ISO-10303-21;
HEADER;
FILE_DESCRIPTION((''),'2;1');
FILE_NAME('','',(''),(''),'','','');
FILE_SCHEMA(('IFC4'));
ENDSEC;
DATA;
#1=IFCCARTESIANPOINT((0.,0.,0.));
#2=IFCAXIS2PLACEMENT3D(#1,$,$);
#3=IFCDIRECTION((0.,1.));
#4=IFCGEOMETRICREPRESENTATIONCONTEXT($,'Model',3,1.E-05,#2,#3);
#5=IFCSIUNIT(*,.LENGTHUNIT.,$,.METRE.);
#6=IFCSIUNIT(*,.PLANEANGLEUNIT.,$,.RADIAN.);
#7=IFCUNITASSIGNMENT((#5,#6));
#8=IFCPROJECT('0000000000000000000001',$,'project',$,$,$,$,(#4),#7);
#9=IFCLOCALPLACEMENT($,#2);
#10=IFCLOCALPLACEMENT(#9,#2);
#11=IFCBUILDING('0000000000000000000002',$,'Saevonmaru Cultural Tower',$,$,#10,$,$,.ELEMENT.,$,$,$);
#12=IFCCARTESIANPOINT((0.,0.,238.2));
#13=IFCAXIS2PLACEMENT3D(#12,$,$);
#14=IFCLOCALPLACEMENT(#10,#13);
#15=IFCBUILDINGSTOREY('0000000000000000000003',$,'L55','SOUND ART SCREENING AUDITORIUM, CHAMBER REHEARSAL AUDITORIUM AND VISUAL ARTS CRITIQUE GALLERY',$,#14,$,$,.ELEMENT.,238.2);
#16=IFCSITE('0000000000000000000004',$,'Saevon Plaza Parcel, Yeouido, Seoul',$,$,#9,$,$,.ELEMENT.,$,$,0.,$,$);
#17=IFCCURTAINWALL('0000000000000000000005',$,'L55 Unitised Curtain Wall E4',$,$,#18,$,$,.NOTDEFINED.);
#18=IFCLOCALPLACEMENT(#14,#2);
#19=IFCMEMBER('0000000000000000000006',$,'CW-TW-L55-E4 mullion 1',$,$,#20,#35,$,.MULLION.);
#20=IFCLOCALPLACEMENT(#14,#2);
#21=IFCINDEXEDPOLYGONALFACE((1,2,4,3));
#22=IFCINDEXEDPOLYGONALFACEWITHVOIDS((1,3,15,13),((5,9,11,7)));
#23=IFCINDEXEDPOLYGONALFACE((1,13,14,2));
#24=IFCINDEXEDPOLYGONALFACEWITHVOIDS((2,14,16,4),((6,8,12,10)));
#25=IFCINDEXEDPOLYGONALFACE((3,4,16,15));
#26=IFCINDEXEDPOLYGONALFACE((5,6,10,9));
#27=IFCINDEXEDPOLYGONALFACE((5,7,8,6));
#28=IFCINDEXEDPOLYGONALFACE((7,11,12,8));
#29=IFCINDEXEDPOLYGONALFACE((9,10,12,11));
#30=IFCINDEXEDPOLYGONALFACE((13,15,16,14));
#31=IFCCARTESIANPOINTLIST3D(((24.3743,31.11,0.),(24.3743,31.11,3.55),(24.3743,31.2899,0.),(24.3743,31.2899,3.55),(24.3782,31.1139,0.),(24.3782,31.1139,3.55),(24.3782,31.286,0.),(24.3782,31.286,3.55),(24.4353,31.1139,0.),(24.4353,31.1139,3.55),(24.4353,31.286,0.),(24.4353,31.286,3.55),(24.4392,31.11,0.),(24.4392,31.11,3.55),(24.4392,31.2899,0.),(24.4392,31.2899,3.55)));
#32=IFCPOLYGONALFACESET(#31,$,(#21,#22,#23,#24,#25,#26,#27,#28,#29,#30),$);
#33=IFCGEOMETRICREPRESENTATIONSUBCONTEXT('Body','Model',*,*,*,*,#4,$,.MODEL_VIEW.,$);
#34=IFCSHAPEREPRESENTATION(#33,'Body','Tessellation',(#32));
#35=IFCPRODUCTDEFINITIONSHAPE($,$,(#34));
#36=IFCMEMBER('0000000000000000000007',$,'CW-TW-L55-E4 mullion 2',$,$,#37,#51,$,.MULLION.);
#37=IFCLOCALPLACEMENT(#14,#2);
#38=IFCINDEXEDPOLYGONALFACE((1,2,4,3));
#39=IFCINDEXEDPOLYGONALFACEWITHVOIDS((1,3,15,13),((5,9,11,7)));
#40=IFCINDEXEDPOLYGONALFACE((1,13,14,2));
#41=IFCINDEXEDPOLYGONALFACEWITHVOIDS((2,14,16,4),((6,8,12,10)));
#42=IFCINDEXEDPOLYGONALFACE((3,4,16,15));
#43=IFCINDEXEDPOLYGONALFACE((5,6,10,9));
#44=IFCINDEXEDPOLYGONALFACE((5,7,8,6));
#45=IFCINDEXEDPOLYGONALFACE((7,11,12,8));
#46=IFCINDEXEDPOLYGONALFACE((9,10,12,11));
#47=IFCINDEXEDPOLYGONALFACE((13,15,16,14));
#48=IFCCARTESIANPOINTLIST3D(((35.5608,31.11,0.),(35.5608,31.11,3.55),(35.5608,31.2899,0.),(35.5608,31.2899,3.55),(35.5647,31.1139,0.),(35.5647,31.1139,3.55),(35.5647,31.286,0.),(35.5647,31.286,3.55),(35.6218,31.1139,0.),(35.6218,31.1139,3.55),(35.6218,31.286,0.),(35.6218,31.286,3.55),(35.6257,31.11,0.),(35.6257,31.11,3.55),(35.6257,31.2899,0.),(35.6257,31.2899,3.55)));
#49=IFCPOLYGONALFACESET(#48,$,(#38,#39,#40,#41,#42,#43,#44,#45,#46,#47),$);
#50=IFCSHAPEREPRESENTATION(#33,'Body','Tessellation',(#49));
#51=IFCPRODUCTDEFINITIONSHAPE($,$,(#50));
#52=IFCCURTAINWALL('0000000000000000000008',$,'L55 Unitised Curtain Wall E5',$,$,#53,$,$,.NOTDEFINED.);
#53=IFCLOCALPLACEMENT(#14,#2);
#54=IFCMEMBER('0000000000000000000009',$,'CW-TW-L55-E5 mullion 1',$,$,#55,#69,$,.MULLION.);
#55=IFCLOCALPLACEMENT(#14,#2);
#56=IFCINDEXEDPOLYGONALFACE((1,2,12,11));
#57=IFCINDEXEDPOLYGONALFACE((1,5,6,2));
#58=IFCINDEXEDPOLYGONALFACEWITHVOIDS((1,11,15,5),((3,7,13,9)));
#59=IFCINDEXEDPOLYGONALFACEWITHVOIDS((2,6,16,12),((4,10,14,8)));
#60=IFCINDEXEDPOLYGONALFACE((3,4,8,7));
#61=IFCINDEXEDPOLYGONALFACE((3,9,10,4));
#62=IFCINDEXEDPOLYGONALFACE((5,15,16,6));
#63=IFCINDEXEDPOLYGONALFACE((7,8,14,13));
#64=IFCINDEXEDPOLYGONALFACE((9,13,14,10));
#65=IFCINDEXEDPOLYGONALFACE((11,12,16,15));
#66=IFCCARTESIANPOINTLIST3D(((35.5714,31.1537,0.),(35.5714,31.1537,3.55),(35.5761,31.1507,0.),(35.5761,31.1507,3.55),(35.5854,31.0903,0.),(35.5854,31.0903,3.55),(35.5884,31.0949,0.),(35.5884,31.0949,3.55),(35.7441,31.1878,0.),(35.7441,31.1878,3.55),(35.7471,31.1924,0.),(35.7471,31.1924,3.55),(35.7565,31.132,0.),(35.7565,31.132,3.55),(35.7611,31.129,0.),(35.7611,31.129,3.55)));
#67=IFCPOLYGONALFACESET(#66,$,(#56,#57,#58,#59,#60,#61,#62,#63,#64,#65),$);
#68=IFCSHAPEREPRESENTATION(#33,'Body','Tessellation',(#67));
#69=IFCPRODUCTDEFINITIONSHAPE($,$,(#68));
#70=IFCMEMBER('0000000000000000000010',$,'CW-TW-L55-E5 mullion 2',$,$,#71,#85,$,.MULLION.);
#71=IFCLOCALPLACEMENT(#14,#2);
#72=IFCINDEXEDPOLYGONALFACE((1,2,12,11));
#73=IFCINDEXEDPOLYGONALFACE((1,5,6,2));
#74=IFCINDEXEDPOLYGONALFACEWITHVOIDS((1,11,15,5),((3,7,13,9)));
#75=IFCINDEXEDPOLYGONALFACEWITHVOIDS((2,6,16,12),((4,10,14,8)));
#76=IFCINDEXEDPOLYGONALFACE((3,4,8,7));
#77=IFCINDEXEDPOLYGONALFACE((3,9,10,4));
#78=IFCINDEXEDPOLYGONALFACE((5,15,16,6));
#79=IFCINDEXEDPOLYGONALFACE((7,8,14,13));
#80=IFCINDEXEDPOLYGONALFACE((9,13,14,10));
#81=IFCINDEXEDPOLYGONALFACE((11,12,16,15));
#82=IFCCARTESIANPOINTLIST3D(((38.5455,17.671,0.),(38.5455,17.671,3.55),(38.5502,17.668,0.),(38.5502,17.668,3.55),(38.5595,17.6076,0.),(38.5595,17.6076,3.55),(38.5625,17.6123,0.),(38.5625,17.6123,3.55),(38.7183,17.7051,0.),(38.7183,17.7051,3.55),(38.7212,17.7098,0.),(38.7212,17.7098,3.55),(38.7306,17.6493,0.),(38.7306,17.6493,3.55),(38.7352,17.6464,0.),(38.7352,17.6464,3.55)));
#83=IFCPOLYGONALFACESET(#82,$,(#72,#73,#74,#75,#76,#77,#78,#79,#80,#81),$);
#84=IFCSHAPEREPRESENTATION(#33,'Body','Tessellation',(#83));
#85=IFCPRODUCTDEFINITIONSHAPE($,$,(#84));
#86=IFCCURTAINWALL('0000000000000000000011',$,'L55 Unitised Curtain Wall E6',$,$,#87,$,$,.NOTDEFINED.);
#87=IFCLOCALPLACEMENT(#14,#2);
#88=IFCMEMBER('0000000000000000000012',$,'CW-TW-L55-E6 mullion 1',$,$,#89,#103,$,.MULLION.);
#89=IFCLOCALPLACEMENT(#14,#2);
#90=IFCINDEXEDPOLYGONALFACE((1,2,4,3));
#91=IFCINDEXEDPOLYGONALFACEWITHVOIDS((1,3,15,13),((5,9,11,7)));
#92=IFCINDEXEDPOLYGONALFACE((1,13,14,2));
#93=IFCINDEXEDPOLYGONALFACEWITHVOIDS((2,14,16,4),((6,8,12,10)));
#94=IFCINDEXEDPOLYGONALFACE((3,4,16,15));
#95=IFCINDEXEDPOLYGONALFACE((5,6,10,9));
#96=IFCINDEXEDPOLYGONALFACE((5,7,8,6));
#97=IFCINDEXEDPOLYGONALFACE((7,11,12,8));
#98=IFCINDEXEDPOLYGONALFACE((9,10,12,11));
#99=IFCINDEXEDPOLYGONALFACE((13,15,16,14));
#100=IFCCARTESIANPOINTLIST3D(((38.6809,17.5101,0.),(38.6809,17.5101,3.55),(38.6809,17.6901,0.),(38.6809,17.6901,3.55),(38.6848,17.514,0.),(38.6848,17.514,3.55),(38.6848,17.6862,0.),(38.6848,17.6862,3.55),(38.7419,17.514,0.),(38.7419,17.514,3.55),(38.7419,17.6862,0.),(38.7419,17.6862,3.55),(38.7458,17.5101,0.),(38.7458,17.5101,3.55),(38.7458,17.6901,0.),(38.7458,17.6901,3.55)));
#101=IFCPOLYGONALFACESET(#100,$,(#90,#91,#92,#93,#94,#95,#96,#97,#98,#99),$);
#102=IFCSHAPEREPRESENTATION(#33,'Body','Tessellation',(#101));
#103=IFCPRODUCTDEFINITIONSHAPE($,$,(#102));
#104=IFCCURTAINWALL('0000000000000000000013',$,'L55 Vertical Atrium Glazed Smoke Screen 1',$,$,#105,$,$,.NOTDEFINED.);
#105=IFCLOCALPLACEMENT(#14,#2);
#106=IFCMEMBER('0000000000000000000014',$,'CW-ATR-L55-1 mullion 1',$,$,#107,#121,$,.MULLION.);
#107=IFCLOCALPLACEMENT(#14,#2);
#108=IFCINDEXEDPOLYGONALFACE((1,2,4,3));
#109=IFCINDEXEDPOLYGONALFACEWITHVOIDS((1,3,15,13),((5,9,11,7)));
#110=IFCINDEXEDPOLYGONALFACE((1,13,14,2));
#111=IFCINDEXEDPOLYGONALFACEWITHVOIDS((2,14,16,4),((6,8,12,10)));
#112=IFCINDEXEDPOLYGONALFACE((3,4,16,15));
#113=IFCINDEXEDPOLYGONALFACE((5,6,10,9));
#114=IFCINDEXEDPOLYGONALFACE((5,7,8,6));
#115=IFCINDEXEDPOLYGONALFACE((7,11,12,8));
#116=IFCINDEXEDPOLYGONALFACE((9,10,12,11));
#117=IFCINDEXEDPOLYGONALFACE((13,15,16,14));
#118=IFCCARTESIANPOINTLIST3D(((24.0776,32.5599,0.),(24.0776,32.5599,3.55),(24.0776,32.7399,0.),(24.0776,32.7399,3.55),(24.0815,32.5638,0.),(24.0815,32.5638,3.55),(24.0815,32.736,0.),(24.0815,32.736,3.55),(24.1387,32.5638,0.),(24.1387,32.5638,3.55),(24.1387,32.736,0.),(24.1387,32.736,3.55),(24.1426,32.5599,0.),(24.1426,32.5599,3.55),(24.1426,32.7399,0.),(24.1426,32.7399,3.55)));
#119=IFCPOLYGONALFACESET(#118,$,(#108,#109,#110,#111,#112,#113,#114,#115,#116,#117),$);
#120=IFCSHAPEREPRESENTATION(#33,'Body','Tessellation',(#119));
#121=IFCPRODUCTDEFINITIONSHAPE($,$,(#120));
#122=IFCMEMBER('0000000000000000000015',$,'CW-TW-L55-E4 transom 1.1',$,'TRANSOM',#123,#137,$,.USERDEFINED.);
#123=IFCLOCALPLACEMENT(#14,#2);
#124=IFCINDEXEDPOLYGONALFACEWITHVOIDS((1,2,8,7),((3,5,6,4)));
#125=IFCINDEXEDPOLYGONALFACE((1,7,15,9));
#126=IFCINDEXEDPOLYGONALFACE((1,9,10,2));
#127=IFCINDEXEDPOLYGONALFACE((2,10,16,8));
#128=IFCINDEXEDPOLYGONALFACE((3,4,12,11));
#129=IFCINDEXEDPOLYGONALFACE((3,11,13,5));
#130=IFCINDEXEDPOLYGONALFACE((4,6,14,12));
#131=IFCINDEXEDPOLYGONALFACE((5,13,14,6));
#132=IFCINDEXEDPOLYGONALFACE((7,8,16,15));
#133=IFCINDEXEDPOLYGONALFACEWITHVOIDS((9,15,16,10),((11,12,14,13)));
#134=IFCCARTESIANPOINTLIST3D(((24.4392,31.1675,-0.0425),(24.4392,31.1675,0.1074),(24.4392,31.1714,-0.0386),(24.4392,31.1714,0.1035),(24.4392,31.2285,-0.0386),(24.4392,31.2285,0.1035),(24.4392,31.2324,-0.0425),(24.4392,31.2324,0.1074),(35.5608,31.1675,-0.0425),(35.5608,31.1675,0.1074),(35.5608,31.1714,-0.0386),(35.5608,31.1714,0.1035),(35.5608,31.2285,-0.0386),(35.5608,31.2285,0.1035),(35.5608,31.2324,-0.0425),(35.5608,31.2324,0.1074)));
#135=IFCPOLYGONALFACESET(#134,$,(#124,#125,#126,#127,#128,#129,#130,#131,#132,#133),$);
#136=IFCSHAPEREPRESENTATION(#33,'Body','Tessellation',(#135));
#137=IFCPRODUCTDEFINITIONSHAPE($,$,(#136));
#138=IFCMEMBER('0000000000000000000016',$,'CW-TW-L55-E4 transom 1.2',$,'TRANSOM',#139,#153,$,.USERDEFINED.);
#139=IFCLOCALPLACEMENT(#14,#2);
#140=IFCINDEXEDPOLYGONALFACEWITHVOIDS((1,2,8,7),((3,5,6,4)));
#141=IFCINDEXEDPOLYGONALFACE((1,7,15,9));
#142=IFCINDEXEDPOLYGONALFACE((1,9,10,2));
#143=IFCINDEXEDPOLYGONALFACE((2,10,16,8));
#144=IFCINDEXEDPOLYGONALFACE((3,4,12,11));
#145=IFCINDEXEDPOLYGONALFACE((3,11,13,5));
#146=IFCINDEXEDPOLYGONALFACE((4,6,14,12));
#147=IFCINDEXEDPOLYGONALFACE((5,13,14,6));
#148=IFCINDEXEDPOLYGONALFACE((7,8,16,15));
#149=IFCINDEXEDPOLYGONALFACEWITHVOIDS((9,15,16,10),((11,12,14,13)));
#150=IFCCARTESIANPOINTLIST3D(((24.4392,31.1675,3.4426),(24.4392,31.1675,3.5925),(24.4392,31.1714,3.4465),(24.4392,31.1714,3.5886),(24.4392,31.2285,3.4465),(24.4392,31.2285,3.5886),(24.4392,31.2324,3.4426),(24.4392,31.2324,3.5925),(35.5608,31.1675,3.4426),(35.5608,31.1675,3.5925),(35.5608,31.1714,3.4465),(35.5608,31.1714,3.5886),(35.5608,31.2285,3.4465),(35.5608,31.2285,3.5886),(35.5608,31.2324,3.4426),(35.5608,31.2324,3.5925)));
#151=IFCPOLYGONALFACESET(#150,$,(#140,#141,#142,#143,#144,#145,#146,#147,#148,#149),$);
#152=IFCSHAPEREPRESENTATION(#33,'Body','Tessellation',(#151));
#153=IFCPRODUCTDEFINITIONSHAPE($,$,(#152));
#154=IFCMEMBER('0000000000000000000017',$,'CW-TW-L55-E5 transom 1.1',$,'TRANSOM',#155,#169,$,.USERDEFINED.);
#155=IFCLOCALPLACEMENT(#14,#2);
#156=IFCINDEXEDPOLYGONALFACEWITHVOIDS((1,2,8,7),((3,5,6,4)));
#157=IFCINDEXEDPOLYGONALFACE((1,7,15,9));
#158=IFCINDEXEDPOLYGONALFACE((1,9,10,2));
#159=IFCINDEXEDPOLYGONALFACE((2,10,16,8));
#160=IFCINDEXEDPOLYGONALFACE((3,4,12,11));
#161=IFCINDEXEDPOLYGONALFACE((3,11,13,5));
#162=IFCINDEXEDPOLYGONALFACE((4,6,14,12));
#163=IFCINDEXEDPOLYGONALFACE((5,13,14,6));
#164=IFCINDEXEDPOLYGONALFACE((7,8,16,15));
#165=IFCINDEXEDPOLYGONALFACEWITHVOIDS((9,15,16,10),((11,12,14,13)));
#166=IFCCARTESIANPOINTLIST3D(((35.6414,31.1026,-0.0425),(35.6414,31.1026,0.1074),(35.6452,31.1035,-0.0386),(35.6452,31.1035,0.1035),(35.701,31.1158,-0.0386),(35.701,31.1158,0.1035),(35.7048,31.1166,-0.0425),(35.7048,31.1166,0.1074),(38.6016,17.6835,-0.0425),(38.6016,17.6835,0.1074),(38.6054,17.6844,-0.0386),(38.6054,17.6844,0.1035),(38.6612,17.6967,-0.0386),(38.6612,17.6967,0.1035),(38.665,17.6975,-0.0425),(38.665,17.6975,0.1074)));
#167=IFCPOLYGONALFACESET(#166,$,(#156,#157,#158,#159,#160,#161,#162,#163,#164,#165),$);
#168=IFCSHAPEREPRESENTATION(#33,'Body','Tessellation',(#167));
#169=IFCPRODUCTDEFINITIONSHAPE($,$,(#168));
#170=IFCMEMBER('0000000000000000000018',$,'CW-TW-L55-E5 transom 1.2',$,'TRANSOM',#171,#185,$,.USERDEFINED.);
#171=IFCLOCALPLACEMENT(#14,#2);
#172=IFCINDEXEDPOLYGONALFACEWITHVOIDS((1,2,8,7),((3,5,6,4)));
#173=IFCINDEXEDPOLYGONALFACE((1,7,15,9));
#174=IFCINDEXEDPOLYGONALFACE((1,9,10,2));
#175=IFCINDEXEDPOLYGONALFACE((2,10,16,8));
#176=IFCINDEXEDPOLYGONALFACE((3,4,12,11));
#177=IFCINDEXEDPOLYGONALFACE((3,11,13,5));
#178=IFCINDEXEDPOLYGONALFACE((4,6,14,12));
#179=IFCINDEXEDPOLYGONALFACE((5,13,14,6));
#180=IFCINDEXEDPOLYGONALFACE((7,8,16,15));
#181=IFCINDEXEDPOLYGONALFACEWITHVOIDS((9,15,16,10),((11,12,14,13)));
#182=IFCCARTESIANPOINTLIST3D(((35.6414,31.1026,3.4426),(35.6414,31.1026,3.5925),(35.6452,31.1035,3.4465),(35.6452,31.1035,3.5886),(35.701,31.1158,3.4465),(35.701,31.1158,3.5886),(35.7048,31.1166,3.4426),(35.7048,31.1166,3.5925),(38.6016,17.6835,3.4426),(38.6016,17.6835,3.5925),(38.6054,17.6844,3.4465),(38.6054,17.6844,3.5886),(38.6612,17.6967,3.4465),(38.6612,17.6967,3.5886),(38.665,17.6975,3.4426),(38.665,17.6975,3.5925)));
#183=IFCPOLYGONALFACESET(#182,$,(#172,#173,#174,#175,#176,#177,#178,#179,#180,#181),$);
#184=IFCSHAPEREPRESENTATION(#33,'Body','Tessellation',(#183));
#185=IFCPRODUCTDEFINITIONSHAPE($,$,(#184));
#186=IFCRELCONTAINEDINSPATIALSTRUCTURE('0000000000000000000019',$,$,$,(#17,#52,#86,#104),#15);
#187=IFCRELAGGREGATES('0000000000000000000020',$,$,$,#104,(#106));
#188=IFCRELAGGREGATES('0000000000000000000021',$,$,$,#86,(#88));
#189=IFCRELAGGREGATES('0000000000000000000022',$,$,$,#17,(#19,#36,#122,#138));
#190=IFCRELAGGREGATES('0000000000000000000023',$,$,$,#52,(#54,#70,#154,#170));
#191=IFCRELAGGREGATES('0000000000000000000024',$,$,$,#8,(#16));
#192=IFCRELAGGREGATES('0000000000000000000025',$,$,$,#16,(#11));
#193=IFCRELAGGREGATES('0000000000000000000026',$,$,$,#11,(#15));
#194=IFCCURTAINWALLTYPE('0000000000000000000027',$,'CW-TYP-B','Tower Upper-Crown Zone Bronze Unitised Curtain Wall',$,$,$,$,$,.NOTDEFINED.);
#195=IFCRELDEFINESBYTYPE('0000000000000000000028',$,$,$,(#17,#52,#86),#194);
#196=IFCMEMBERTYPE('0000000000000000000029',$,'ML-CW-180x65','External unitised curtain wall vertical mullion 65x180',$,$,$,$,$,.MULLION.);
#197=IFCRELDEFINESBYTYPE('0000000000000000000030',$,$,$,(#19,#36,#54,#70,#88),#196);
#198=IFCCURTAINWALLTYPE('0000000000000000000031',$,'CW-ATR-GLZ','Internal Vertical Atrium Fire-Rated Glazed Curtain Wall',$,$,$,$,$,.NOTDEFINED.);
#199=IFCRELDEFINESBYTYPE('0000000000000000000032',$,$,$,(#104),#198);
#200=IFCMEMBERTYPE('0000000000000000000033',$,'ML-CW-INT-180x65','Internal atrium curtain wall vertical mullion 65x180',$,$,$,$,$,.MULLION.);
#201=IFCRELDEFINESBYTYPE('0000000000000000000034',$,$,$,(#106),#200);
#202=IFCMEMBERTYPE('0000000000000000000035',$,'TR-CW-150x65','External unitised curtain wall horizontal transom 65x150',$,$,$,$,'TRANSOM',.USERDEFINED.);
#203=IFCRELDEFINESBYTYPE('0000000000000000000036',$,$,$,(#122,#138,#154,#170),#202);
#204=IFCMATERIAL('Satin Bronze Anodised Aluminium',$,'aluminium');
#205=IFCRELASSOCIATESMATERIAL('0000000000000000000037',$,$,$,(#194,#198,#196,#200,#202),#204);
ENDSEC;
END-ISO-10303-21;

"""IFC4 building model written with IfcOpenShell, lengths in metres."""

from ifc_helpers import new_model, si_unit, direction, frame, origin, origin_2d, place, context, subcontext, project, spatial, hollow_rectangle, extrude, material, material_profile, profile_set, type_object, element, aggregate, save


model = new_model("IFC4")

# Units and contexts
model_context = context("Model", 3, precision=1e-05, world=origin(), true_north=direction((0.0, 1.0)))
body_context = subcontext(model_context, "Body", "Model", "MODEL_VIEW")
ifc_project = project(units=[si_unit("LENGTHUNIT", "METRE"), si_unit("PLANEANGLEUNIT", "RADIAN")], contexts=[model_context])

# Site, building, storey
site_placement = place(None, origin())
site = spatial("IfcSite", under=ifc_project, at=site_placement, Name="Saevon Plaza Parcel, Yeouido, Seoul", CompositionType="ELEMENT", RefElevation=0.0)
building_placement = place(site_placement, origin())
building = spatial("IfcBuilding", under=site, at=building_placement, Name="Saevonmaru Cultural Tower", CompositionType="ELEMENT")
storey_placement = place(building_placement, frame((0.0, 0.0, 238.2)))
storey = spatial("IfcBuildingStorey", under=building, at=storey_placement, Name="L55", Description="SOUND ART SCREENING AUDITORIUM, CHAMBER REHEARSAL AUDITORIUM AND VISUAL ARTS CRITIQUE GALLERY", CompositionType="ELEMENT", Elevation=238.2)

# Shared definitions
ifc_material_1 = material(Name="Satin Bronze Anodised Aluminium", Category="aluminium")
curtain_wall_type_1 = type_object("IfcCurtainWallType", Name="CW-TYP-B", Description="Tower Upper-Crown Zone Bronze Unitised Curtain Wall", PredefinedType="NOTDEFINED", material=ifc_material_1)
ifc_material_profile_1 = material_profile(ifc_material_1, hollow_rectangle(XDim=0.0649, YDim=0.1799, WallThickness=0.0039, at=origin_2d()), Name="ALU-MULL-180x65x4")
ifc_profile_set_1 = profile_set([ifc_material_profile_1], Name="Satin Bronze Anodised Aluminium")
member_type_1 = type_object("IfcMemberType", Name="ML-CW-180x65", Description="External unitised curtain wall vertical mullion 65x180", PredefinedType="MULLION", material=ifc_profile_set_1)

# Curtain walls, members
curtain_wall_1_placement = place(storey_placement, origin())
curtain_wall_1 = element("IfcCurtainWall", 1, at=curtain_wall_1_placement, inside=storey, type_object=curtain_wall_type_1, Name="L55 Unitised Curtain Wall E4", PredefinedType="NOTDEFINED")
member_1_placement = place(storey_placement, frame((24.4067, 31.2, 0.0), z_axis=(0.0, 0.0, 1.0), x_axis=(1.0, 0.0, 0.0)))
member_1 = element("IfcMember", 2, at=member_1_placement, type_object=member_type_1, Name="CW-TW-L55-E4 mullion 1", PredefinedType="MULLION", context=body_context, shape_type="SweptSolid", body=[
    extrude(hollow_rectangle(XDim=0.0649, YDim=0.1799, WallThickness=0.0039, at=origin_2d()), origin(), (0.0, 0.0, 1.0), 3.55),
])
member_2_placement = place(storey_placement, frame((35.5933, 31.2, 0.0), z_axis=(0.0, 0.0, 1.0), x_axis=(1.0, 0.0, 0.0)))
member_2 = element("IfcMember", 3, at=member_2_placement, type_object=member_type_1, Name="CW-TW-L55-E4 mullion 2", PredefinedType="MULLION", context=body_context, shape_type="SweptSolid", body=[
    extrude(hollow_rectangle(XDim=0.0649, YDim=0.1799, WallThickness=0.0039, at=origin_2d()), origin(), (0.0, 0.0, 1.0), 3.55),
])
curtain_wall_2_placement = place(storey_placement, origin())
curtain_wall_2 = element("IfcCurtainWall", 4, at=curtain_wall_2_placement, inside=storey, type_object=curtain_wall_type_1, Name="L55 Unitised Curtain Wall E5", PredefinedType="NOTDEFINED")
member_3_placement = place(storey_placement, frame((35.6663, 31.1414, 0.0), z_axis=(0.0, 0.0, 1.0), x_axis=(0.215413, -0.976523, 0.0)))
member_3 = element("IfcMember", 5, at=member_3_placement, type_object=member_type_1, Name="CW-TW-L55-E5 mullion 1", PredefinedType="MULLION", context=body_context, shape_type="SweptSolid", body=[
    extrude(hollow_rectangle(XDim=0.0649, YDim=0.1799, WallThickness=0.0039, at=origin_2d()), origin(), (0.0, 0.0, 1.0), 3.55),
])
member_4_placement = place(storey_placement, frame((38.6404, 17.6587, 0.0), z_axis=(0.0, 0.0, 1.0), x_axis=(0.215413, -0.976523, 0.0)))
member_4 = element("IfcMember", 6, at=member_4_placement, type_object=member_type_1, Name="CW-TW-L55-E5 mullion 2", PredefinedType="MULLION", context=body_context, shape_type="SweptSolid", body=[
    extrude(hollow_rectangle(XDim=0.0649, YDim=0.1799, WallThickness=0.0039, at=origin_2d()), origin(), (0.0, 0.0, 1.0), 3.55),
])

# Curtain walls, members
curtain_wall_3_placement = place(storey_placement, origin())
curtain_wall_3 = element("IfcCurtainWall", 7, at=curtain_wall_3_placement, inside=storey, type_object=curtain_wall_type_1, Name="L55 Unitised Curtain Wall E6", PredefinedType="NOTDEFINED")
member_5_placement = place(storey_placement, frame((38.7134, 17.6001, 0.0), z_axis=(0.0, 0.0, 1.0), x_axis=(1.0, 0.0, 0.0)))
member_5 = element("IfcMember", 8, at=member_5_placement, type_object=member_type_1, Name="CW-TW-L55-E6 mullion 1", PredefinedType="MULLION", context=body_context, shape_type="SweptSolid", body=[
    extrude(hollow_rectangle(XDim=0.0649, YDim=0.1799, WallThickness=0.0039, at=origin_2d()), origin(), (0.0, 0.0, 1.0), 3.55),
])
curtain_wall_type_2 = type_object("IfcCurtainWallType", Name="CW-ATR-GLZ", Description="Internal Vertical Atrium Fire-Rated Glazed Curtain Wall", PredefinedType="NOTDEFINED", material=ifc_material_1)
curtain_wall_4_placement = place(storey_placement, origin())
curtain_wall_4 = element("IfcCurtainWall", 9, at=curtain_wall_4_placement, inside=storey, type_object=curtain_wall_type_2, Name="L55 Vertical Atrium Glazed Smoke Screen 1", PredefinedType="NOTDEFINED")
ifc_material_profile_2 = material_profile(ifc_material_1, hollow_rectangle(XDim=0.0649, YDim=0.1799, WallThickness=0.0039, at=origin_2d()), Name="ALU-MULL-180x65x4")
ifc_profile_set_2 = profile_set([ifc_material_profile_2], Name="Satin Bronze Anodised Aluminium")
member_type_2 = type_object("IfcMemberType", Name="ML-CW-INT-180x65", Description="Internal atrium curtain wall vertical mullion 65x180", PredefinedType="MULLION", material=ifc_profile_set_2)
member_6_placement = place(storey_placement, frame((24.1101, 32.6499, 0.0), z_axis=(0.0, 0.0, 1.0), x_axis=(1.0, 0.0, 0.0)))
member_6 = element("IfcMember", 10, at=member_6_placement, type_object=member_type_2, Name="CW-ATR-L55-1 mullion 1", PredefinedType="MULLION", context=body_context, shape_type="SweptSolid", body=[
    extrude(hollow_rectangle(XDim=0.0649, YDim=0.1799, WallThickness=0.0039, at=origin_2d()), origin(), (0.0, 0.0, 1.0), 3.55),
])
aggregate(curtain_wall_4, [member_6])

# Members
ifc_material_profile_3 = material_profile(ifc_material_1, hollow_rectangle(XDim=0.0649, YDim=0.1499, WallThickness=0.0039, at=origin_2d()), Name="ALU-TRAN-150x65x4")
ifc_profile_set_3 = profile_set([ifc_material_profile_3], Name="Satin Bronze Anodised Aluminium")
member_type_3 = type_object("IfcMemberType", Name="TR-CW-150x65", Description="External unitised curtain wall horizontal transom 65x150", ElementType="TRANSOM", PredefinedType="USERDEFINED", material=ifc_profile_set_3)
member_7_placement = place(storey_placement, frame((24.4392, 31.2, 0.0325), z_axis=(1.0, 0.0, 0.0), x_axis=(0.0, 1.0, 0.0)))
member_7 = element("IfcMember", 11, at=member_7_placement, type_object=member_type_3, Name="CW-TW-L55-E4 transom 1.1", ObjectType="TRANSOM", PredefinedType="USERDEFINED", context=body_context, shape_type="SweptSolid", body=[
    extrude(hollow_rectangle(XDim=0.0649, YDim=0.1499, WallThickness=0.0039, at=origin_2d()), origin(), (0.0, 0.0, 1.0), 11.1216),
])
member_8_placement = place(storey_placement, frame((24.4392, 31.2, 3.5176), z_axis=(1.0, 0.0, 0.0), x_axis=(0.0, 1.0, 0.0)))
member_8 = element("IfcMember", 12, at=member_8_placement, type_object=member_type_3, Name="CW-TW-L55-E4 transom 1.2", ObjectType="TRANSOM", PredefinedType="USERDEFINED", context=body_context, shape_type="SweptSolid", body=[
    extrude(hollow_rectangle(XDim=0.0649, YDim=0.1499, WallThickness=0.0039, at=origin_2d()), origin(), (0.0, 0.0, 1.0), 11.1216),
])
member_9_placement = place(storey_placement, frame((35.6731, 31.1096, 0.0325), z_axis=(0.215416, -0.976522, 0.0), x_axis=(0.976522, 0.215416, 0.0)))
member_9 = element("IfcMember", 13, at=member_9_placement, type_object=member_type_3, Name="CW-TW-L55-E5 transom 1.1", ObjectType="TRANSOM", PredefinedType="USERDEFINED", context=body_context, shape_type="SweptSolid", body=[
    extrude(hollow_rectangle(XDim=0.0649, YDim=0.1499, WallThickness=0.0039, at=origin_2d()), origin(), (0.0, 0.0, 1.0), 13.7417),
])
member_10_placement = place(storey_placement, frame((35.6731, 31.1096, 3.5176), z_axis=(0.215416, -0.976522, 0.0), x_axis=(0.976522, 0.215416, 0.0)))
member_10 = element("IfcMember", 14, at=member_10_placement, type_object=member_type_3, Name="CW-TW-L55-E5 transom 1.2", ObjectType="TRANSOM", PredefinedType="USERDEFINED", context=body_context, shape_type="SweptSolid", body=[
    extrude(hollow_rectangle(XDim=0.0649, YDim=0.1499, WallThickness=0.0039, at=origin_2d()), origin(), (0.0, 0.0, 1.0), 13.7417),
])
aggregate(curtain_wall_3, [member_5])

aggregate(curtain_wall_1, [member_1, member_2, member_7, member_8])
aggregate(curtain_wall_2, [member_3, member_4, member_9, member_10])

save(model, "model.ifc")
